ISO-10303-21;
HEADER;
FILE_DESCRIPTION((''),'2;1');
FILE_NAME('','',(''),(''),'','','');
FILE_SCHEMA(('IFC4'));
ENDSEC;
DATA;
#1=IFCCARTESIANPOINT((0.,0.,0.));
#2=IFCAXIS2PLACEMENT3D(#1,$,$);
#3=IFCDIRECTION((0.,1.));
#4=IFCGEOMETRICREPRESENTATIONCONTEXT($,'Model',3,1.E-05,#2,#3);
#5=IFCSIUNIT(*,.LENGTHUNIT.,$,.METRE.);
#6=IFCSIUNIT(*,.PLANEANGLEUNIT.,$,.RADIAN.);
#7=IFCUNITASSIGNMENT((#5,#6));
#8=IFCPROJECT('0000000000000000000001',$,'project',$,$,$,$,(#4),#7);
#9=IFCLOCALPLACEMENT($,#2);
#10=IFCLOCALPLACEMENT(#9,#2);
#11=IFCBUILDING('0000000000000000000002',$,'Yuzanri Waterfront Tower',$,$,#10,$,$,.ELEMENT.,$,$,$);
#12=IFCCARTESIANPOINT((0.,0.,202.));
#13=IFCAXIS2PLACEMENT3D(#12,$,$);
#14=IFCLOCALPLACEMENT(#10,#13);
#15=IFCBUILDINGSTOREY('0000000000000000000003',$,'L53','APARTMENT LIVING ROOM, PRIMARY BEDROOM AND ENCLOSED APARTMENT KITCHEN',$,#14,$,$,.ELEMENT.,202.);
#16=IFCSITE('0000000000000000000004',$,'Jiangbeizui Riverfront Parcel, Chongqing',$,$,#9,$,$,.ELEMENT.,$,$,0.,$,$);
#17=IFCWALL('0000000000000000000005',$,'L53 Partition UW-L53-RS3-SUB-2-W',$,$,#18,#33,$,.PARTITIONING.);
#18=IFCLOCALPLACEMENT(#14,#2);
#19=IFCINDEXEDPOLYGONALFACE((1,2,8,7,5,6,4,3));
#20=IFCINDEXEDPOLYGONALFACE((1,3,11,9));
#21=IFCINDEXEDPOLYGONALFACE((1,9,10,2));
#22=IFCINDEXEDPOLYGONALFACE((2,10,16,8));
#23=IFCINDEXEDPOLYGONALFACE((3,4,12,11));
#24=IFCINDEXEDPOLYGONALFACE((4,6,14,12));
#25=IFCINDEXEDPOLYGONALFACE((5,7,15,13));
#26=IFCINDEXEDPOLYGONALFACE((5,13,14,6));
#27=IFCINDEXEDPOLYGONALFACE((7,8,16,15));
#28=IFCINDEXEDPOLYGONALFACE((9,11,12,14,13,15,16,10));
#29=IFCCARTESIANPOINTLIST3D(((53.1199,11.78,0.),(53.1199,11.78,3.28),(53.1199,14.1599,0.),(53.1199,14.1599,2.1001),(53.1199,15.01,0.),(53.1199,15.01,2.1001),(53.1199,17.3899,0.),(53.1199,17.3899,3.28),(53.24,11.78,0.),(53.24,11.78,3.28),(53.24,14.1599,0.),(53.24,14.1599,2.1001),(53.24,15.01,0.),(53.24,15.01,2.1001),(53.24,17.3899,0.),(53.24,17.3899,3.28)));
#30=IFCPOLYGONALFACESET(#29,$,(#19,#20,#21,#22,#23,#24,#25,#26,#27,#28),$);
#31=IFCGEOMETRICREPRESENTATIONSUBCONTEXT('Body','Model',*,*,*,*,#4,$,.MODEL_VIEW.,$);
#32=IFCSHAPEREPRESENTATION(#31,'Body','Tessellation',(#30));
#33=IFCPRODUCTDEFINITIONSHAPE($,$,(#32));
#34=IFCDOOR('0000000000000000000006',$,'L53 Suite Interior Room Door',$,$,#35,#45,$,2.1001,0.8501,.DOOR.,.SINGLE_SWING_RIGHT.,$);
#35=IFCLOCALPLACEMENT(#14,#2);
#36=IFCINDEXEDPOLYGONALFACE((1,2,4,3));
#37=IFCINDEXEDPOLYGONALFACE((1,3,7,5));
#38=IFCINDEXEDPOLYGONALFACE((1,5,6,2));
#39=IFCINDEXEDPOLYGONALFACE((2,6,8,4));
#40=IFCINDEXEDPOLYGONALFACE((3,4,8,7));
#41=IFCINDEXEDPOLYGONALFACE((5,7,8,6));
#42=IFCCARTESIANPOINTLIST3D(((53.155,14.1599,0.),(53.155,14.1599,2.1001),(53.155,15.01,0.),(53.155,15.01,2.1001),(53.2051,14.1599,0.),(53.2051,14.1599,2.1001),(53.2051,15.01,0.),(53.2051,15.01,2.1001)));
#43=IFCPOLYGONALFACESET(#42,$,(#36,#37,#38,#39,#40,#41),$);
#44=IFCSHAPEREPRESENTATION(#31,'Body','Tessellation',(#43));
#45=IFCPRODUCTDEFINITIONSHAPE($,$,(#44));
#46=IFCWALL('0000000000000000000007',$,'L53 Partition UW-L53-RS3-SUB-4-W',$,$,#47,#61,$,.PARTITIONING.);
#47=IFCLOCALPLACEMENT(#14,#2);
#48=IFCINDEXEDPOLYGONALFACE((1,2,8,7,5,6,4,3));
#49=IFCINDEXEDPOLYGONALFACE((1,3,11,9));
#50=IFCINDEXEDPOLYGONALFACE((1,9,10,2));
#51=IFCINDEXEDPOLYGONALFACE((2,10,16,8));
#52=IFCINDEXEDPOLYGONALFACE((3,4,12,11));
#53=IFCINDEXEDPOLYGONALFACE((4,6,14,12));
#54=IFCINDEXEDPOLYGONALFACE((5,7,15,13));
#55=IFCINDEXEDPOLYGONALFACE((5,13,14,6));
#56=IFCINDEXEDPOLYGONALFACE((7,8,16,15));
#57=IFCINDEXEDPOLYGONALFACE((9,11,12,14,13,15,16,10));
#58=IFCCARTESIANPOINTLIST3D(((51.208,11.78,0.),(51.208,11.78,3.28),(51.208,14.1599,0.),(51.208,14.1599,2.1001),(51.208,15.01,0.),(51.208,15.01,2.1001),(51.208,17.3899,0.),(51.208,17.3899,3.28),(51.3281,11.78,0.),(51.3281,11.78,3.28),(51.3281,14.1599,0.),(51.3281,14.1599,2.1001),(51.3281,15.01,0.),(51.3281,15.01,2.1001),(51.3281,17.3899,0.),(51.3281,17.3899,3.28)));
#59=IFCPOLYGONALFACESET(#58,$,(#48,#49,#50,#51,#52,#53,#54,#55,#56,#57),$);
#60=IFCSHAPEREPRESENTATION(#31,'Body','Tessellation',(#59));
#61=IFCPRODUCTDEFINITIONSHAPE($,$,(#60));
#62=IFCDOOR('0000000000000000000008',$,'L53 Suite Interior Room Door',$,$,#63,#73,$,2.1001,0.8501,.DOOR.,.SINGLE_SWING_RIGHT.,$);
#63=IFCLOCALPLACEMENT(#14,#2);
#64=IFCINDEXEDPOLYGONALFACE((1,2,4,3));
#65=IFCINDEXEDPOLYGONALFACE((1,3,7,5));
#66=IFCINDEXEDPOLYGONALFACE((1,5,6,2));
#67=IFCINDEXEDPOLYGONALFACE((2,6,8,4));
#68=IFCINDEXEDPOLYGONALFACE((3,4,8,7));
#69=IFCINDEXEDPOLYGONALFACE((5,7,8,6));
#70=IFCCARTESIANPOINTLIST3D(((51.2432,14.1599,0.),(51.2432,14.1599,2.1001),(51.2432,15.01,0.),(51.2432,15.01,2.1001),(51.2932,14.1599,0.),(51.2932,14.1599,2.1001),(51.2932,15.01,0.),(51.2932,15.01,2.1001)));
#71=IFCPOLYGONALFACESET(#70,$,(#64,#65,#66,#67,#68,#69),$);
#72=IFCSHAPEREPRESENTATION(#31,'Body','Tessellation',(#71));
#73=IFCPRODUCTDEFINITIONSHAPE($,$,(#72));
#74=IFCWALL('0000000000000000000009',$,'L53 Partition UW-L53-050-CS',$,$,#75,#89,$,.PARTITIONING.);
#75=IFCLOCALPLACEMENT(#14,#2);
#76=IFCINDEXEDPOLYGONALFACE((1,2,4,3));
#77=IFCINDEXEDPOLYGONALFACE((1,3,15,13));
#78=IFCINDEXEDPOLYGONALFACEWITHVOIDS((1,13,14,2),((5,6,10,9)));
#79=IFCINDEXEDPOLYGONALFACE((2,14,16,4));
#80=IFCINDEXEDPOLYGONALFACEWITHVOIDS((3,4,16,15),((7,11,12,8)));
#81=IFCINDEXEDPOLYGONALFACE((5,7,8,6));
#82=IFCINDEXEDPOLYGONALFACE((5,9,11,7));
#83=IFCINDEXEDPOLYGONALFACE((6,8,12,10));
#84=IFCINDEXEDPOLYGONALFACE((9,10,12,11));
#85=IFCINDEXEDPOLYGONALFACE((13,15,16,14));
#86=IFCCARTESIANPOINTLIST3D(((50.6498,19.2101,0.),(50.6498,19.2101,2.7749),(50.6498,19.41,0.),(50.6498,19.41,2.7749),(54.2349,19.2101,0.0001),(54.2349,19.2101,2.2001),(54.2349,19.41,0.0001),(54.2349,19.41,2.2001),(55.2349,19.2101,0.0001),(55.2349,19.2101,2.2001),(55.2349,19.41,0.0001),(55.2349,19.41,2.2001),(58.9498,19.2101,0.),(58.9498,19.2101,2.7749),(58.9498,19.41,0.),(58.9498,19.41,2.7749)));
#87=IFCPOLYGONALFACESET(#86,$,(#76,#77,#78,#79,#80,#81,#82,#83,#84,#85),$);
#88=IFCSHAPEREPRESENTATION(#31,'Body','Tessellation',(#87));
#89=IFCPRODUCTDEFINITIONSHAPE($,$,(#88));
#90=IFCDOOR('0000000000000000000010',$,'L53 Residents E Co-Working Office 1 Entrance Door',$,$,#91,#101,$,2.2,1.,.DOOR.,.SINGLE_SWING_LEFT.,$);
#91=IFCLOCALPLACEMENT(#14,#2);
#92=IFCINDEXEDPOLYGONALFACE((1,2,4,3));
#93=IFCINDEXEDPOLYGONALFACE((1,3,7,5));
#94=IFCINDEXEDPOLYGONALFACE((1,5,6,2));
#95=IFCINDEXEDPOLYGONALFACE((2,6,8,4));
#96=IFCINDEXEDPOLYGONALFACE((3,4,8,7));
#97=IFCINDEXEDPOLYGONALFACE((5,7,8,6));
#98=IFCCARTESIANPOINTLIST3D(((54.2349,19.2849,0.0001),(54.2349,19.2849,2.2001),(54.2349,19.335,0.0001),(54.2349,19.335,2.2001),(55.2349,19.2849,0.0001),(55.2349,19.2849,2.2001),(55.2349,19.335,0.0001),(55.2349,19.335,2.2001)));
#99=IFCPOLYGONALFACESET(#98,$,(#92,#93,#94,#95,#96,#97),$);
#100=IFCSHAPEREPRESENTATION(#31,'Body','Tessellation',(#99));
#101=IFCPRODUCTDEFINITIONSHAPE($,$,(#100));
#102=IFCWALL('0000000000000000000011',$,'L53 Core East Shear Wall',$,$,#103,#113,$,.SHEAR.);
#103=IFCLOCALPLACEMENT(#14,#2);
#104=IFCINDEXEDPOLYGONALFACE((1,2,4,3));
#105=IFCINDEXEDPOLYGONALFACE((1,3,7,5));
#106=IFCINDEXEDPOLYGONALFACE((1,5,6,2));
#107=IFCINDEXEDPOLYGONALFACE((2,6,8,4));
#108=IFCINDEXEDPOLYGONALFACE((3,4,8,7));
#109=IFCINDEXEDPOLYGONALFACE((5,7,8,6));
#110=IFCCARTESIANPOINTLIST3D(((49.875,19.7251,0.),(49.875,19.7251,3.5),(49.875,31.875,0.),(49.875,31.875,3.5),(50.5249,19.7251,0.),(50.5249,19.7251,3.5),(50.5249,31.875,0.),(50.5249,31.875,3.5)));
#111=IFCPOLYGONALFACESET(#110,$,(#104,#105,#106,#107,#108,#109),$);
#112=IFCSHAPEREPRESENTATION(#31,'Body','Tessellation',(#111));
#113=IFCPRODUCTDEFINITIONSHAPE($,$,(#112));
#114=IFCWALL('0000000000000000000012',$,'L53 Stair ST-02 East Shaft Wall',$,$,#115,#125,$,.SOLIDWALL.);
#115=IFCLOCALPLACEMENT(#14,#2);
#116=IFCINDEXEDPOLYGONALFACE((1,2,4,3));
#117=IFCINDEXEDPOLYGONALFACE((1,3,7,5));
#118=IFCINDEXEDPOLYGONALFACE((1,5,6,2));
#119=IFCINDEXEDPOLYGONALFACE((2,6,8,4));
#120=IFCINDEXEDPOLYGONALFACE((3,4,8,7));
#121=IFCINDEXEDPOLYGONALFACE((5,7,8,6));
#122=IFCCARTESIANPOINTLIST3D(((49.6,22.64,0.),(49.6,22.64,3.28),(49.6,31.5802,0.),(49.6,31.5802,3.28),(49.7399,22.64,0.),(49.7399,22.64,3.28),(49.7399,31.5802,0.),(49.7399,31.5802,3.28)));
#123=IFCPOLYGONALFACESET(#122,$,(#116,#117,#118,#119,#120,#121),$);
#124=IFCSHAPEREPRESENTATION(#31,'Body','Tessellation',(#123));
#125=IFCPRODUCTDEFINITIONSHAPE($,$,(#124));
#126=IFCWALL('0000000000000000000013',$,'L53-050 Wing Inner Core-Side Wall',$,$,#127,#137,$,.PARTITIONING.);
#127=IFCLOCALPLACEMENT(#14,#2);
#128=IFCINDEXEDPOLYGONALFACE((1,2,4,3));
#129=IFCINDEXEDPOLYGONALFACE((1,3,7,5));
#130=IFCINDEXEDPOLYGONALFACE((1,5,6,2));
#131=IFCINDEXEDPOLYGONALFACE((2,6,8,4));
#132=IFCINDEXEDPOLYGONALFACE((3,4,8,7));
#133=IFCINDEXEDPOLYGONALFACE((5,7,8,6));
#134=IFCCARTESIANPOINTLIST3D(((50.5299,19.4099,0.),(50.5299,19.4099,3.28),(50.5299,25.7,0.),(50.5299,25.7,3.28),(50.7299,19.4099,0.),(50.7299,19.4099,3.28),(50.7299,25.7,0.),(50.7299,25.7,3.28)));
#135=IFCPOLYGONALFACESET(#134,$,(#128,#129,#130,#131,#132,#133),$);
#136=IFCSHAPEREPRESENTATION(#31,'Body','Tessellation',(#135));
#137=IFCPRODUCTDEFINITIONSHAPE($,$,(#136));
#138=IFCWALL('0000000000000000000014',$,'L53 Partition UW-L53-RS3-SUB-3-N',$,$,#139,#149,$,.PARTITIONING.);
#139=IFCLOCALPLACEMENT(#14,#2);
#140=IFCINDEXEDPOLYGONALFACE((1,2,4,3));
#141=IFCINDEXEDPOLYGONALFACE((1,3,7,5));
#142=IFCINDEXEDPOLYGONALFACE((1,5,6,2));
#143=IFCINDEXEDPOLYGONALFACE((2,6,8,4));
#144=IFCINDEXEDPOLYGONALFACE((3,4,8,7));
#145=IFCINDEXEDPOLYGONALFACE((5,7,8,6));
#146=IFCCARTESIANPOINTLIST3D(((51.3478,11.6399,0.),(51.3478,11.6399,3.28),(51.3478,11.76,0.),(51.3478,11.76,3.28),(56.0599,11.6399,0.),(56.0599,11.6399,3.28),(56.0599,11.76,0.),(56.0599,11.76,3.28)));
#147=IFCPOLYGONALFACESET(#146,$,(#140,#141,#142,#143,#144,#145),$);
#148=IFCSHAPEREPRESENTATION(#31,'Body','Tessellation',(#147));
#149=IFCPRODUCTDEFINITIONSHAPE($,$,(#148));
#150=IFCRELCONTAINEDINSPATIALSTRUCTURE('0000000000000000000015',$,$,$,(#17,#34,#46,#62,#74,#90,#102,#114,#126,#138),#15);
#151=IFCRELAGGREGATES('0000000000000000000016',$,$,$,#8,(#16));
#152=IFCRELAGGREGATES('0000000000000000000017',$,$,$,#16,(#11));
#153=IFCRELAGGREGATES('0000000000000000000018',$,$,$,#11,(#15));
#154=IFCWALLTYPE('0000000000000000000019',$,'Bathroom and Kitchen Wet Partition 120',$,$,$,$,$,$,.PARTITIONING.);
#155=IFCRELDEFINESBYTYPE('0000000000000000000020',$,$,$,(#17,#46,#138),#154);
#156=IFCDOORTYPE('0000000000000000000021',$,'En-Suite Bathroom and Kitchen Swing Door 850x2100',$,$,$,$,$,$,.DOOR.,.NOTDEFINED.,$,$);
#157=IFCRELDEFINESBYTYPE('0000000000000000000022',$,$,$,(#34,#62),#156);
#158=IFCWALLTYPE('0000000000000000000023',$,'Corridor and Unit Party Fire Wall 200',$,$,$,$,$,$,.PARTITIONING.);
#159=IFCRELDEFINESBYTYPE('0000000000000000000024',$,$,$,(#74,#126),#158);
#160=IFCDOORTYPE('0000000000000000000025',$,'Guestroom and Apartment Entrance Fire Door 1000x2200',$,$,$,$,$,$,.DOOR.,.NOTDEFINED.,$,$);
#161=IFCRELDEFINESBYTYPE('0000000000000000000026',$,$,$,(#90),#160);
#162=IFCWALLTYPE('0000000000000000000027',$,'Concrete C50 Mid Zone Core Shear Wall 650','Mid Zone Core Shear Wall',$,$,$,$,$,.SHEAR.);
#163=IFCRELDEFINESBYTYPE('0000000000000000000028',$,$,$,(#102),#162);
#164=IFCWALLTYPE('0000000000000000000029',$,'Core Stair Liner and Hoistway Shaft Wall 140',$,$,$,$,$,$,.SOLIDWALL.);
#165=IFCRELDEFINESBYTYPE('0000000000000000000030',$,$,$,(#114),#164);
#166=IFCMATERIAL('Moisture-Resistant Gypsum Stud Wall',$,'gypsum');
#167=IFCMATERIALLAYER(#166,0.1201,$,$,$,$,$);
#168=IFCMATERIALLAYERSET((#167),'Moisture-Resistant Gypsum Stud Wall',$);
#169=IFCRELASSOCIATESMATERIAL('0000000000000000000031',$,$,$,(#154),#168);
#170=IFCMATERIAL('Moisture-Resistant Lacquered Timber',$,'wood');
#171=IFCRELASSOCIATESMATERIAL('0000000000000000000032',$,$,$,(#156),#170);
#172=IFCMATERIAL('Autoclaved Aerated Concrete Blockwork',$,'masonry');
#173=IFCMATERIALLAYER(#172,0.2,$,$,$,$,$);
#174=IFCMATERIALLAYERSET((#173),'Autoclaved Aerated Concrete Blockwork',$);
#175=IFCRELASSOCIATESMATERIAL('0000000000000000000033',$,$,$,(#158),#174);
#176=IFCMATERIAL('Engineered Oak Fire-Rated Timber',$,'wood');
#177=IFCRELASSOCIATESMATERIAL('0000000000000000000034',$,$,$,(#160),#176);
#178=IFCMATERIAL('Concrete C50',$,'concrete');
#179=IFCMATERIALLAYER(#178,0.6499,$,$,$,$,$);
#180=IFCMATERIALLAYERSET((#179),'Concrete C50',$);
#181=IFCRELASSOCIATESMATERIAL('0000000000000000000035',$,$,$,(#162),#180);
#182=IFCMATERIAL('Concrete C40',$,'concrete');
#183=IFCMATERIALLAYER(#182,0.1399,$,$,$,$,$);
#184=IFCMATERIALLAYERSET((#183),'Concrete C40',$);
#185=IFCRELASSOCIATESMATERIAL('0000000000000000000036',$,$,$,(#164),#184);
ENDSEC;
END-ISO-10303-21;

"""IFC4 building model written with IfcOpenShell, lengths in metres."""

from ifc_helpers import new_model, si_unit, direction, frame, frame_2d, origin, place, context, subcontext, project, spatial, rectangle, extrude, source, transform, mapped, material, layer, layer_set, type_object, element, fill, save


model = new_model("IFC4")

# Units and contexts
model_context = context("Model", 3, precision=1e-05, world=origin(), true_north=direction((0.0, 1.0)))
body_context = subcontext(model_context, "Body", "Model", "MODEL_VIEW")
ifc_project = project(units=[si_unit("LENGTHUNIT", "METRE"), si_unit("PLANEANGLEUNIT", "RADIAN")], contexts=[model_context])

# Site, building, storey
site_placement = place(None, origin())
site = spatial("IfcSite", under=ifc_project, at=site_placement, Name="Jiangbeizui Riverfront Parcel, Chongqing", CompositionType="ELEMENT", RefElevation=0.0)
building_placement = place(site_placement, origin())
building = spatial("IfcBuilding", under=site, at=building_placement, Name="Yuzanri Waterfront Tower", CompositionType="ELEMENT")
storey_placement = place(building_placement, frame((0.0, 0.0, 202.0)))
storey = spatial("IfcBuildingStorey", under=building, at=storey_placement, Name="L53", Description="APARTMENT LIVING ROOM, PRIMARY BEDROOM AND ENCLOSED APARTMENT KITCHEN", CompositionType="ELEMENT", Elevation=202.0)

# Walls, openings, doors
ifc_material_1 = material(Name="Moisture-Resistant Gypsum Stud Wall", Category="gypsum")
ifc_layer_1 = layer(ifc_material_1, 0.1201)
ifc_layer_set_1 = layer_set([ifc_layer_1], Name="Moisture-Resistant Gypsum Stud Wall")
wall_type_1 = type_object("IfcWallType", Name="Bathroom and Kitchen Wet Partition 120", PredefinedType="PARTITIONING", material=ifc_layer_set_1)
wall_1_placement = place(storey_placement, frame((53.1799, 11.78, 0.0), z_axis=(0.0, 0.0, 1.0), x_axis=(0.0, 1.0, 0.0)))
wall_1 = element("IfcWall", 1, at=wall_1_placement, inside=storey, type_object=wall_type_1, Name="L53 Partition UW-L53-RS3-SUB-2-W", PredefinedType="PARTITIONING", context=body_context, shape_type="SweptSolid", body=[
    extrude(rectangle(XDim=5.6099, YDim=0.1201, at=frame_2d((2.8049, 0.0))), origin(), (0.0, 0.0, 1.0), 3.28),
])
opening_1_placement = place(wall_1_placement, frame((2.3799, 0.0, 0.0)))
opening_1 = element("IfcOpeningElement", 2, at=opening_1_placement, cuts=wall_1, PredefinedType="OPENING", context=body_context, shape_type="SweptSolid", body=[
    extrude(rectangle(XDim=0.8501, YDim=2.1001, at=frame_2d((0.425, 1.05))), frame((0.0, 0.075, 0.0), z_axis=(0.0, -1.0, 0.0), x_axis=(1.0, 0.0, 0.0)), (0.0, 0.0, 1.0), 0.1499),
])
ifc_material_2 = material(Name="Moisture-Resistant Lacquered Timber", Category="wood")
door_type_1 = type_object("IfcDoorType", Name="En-Suite Bathroom and Kitchen Swing Door 850x2100", OperationType="NOTDEFINED", PredefinedType="DOOR", material=ifc_material_2)
shared_shape_1 = source(origin(), body_context, "Body", "SweptSolid", [
    extrude(rectangle(XDim=0.8501, YDim=2.1001, at=frame_2d((0.425, 1.05))), frame((0.0, 0.0249, 0.0), z_axis=(0.0, -1.0, 0.0), x_axis=(1.0, 0.0, 0.0)), (0.0, 0.0, 1.0), 0.05),
])
door_1_placement = place(opening_1_placement, origin())
door_1 = element("IfcDoor", 3, at=door_1_placement, inside=storey, type_object=door_type_1, Name="L53 Suite Interior Room Door", OperationType="SINGLE_SWING_RIGHT", OverallHeight=2.1001, OverallWidth=0.8501, PredefinedType="DOOR", context=body_context, shape_type="MappedRepresentation", body=[
    mapped(shared_shape_1, transform((0.0, 0.0, 0.0), scale=1.0)),
])
fill(opening_1, door_1)
wall_2_placement = place(storey_placement, frame((51.2681, 11.78, 0.0), z_axis=(0.0, 0.0, 1.0), x_axis=(0.0, 1.0, 0.0)))
wall_2 = element("IfcWall", 4, at=wall_2_placement, inside=storey, type_object=wall_type_1, Name="L53 Partition UW-L53-RS3-SUB-4-W", PredefinedType="PARTITIONING", context=body_context, shape_type="SweptSolid", body=[
    extrude(rectangle(XDim=5.6099, YDim=0.1201, at=frame_2d((2.8049, 0.0))), origin(), (0.0, 0.0, 1.0), 3.28),
])
opening_2_placement = place(wall_2_placement, frame((2.3799, 0.0, 0.0)))
opening_2 = element("IfcOpeningElement", 5, at=opening_2_placement, cuts=wall_2, PredefinedType="OPENING", context=body_context, shape_type="SweptSolid", body=[
    extrude(rectangle(XDim=0.8501, YDim=2.1001, at=frame_2d((0.425, 1.05))), frame((0.0, 0.075, 0.0), z_axis=(0.0, -1.0, 0.0), x_axis=(1.0, 0.0, 0.0)), (0.0, 0.0, 1.0), 0.1499),
])
door_2_placement = place(opening_2_placement, origin())
door_2 = element("IfcDoor", 6, at=door_2_placement, inside=storey, type_object=door_type_1, Name="L53 Suite Interior Room Door", OperationType="SINGLE_SWING_RIGHT", OverallHeight=2.1001, OverallWidth=0.8501, PredefinedType="DOOR", context=body_context, shape_type="MappedRepresentation", body=[
    mapped(shared_shape_1, transform((0.0, 0.0, 0.0), scale=1.0)),
])
fill(opening_2, door_2)
ifc_material_3 = material(Name="Autoclaved Aerated Concrete Blockwork", Category="masonry")
ifc_layer_2 = layer(ifc_material_3, 0.2)
ifc_layer_set_2 = layer_set([ifc_layer_2], Name="Autoclaved Aerated Concrete Blockwork")
wall_type_2 = type_object("IfcWallType", Name="Corridor and Unit Party Fire Wall 200", PredefinedType="PARTITIONING", material=ifc_layer_set_2)
wall_3_placement = place(storey_placement, frame((50.6499, 19.3101, 0.0), z_axis=(0.0, 0.0, 1.0), x_axis=(1.0, 0.0, 0.0)))
wall_3 = element("IfcWall", 7, at=wall_3_placement, inside=storey, type_object=wall_type_2, Name="L53 Partition UW-L53-050-CS", PredefinedType="PARTITIONING", context=body_context, shape_type="SweptSolid", body=[
    extrude(rectangle(XDim=8.3, YDim=0.2, at=frame_2d((4.1499, 0.0))), origin(), (0.0, 0.0, 1.0), 2.7749),
])
opening_3_placement = place(wall_3_placement, frame((3.585, 0.0, 0.0)))
opening_3 = element("IfcOpeningElement", 8, at=opening_3_placement, cuts=wall_3, PredefinedType="OPENING", context=body_context, shape_type="SweptSolid", body=[
    extrude(rectangle(XDim=1.0, YDim=2.2, at=frame_2d((0.5, 1.1001))), frame((0.0, 0.1147, 0.0), z_axis=(0.0, -1.0, 0.0), x_axis=(1.0, 0.0, 0.0)), (0.0, 0.0, 1.0), 0.2297),
])
ifc_material_4 = material(Name="Engineered Oak Fire-Rated Timber", Category="wood")
door_type_2 = type_object("IfcDoorType", Name="Guestroom and Apartment Entrance Fire Door 1000x2200", OperationType="NOTDEFINED", PredefinedType="DOOR", material=ifc_material_4)
shared_shape_2 = source(origin(), body_context, "Body", "SweptSolid", [
    extrude(rectangle(XDim=1.0, YDim=2.2, at=frame_2d((0.5, 1.1001))), frame((0.0, 0.0249, 0.0), z_axis=(0.0, -1.0, 0.0), x_axis=(1.0, 0.0, 0.0)), (0.0, 0.0, 1.0), 0.05),
])
door_3_placement = place(opening_3_placement, origin())
door_3 = element("IfcDoor", 9, at=door_3_placement, inside=storey, type_object=door_type_2, Name="L53 Residents E Co-Working Office 1 Entrance Door", OperationType="SINGLE_SWING_LEFT", OverallHeight=2.2, OverallWidth=1.0, PredefinedType="DOOR", context=body_context, shape_type="MappedRepresentation", body=[
    mapped(shared_shape_2, transform((0.0, 0.0, 0.0), scale=1.0)),
])
fill(opening_3, door_3)

# Walls
ifc_material_5 = material(Name="Concrete C50", Category="concrete")
ifc_layer_3 = layer(ifc_material_5, 0.6499)
ifc_layer_set_3 = layer_set([ifc_layer_3], Name="Concrete C50")
wall_type_3 = type_object("IfcWallType", Name="Concrete C50 Mid Zone Core Shear Wall 650", Description="Mid Zone Core Shear Wall", PredefinedType="SHEAR", material=ifc_layer_set_3)
shared_shape_3 = source(origin(), body_context, "Body", "SweptSolid", [
    extrude(rectangle(XDim=12.1499, YDim=0.6499, at=frame_2d((6.075, 0.0))), origin(), (0.0, 0.0, 1.0), 3.5),
])
wall_4_placement = place(storey_placement, frame((50.2, 19.7251, 0.0), z_axis=(0.0, 0.0, 1.0), x_axis=(0.0, 1.0, 0.0)))
element("IfcWall", 10, at=wall_4_placement, inside=storey, type_object=wall_type_3, Name="L53 Core East Shear Wall", PredefinedType="SHEAR", context=body_context, shape_type="MappedRepresentation", body=[
    mapped(shared_shape_3, transform((0.0, 0.0, 0.0), scale=1.0)),
])
ifc_material_6 = material(Name="Concrete C40", Category="concrete")
ifc_layer_4 = layer(ifc_material_6, 0.1399)
ifc_layer_set_4 = layer_set([ifc_layer_4], Name="Concrete C40")
wall_type_4 = type_object("IfcWallType", Name="Core Stair Liner and Hoistway Shaft Wall 140", PredefinedType="SOLIDWALL", material=ifc_layer_set_4)
shared_shape_4 = source(origin(), body_context, "Body", "SweptSolid", [
    extrude(rectangle(XDim=8.9402, YDim=0.1399, at=frame_2d((4.4702, 0.0))), origin(), (0.0, 0.0, 1.0), 3.28),
])
wall_5_placement = place(storey_placement, frame((49.6699, 22.6399, 0.0), z_axis=(0.0, 0.0, 1.0), x_axis=(0.0, 1.0, 0.0)))
element("IfcWall", 11, at=wall_5_placement, inside=storey, type_object=wall_type_4, Name="L53 Stair ST-02 East Shaft Wall", PredefinedType="SOLIDWALL", context=body_context, shape_type="MappedRepresentation", body=[
    mapped(shared_shape_4, transform((0.0, 0.0, 0.0), scale=1.0)),
])
shared_shape_5 = source(origin(), body_context, "Body", "SweptSolid", [
    extrude(rectangle(XDim=6.29, YDim=0.2, at=frame_2d((3.145, 0.0))), origin(), (0.0, 0.0, 1.0), 3.28),
])
wall_6_placement = place(storey_placement, frame((50.6299, 19.4099, 0.0), z_axis=(0.0, 0.0, 1.0), x_axis=(0.0, 1.0, 0.0)))
element("IfcWall", 12, at=wall_6_placement, inside=storey, type_object=wall_type_2, Name="L53-050 Wing Inner Core-Side Wall", PredefinedType="PARTITIONING", context=body_context, shape_type="MappedRepresentation", body=[
    mapped(shared_shape_5, transform((0.0, 0.0, 0.0), scale=1.0)),
])
shared_shape_6 = source(origin(), body_context, "Body", "SweptSolid", [
    extrude(rectangle(XDim=4.7122, YDim=0.1201, at=frame_2d((2.356, 0.0))), origin(), (0.0, 0.0, 1.0), 3.28),
])
wall_7_placement = place(storey_placement, frame((51.3479, 11.7, 0.0), z_axis=(0.0, 0.0, 1.0), x_axis=(1.0, 0.0, 0.0)))
element("IfcWall", 13, at=wall_7_placement, inside=storey, type_object=wall_type_1, Name="L53 Partition UW-L53-RS3-SUB-3-N", PredefinedType="PARTITIONING", context=body_context, shape_type="MappedRepresentation", body=[
    mapped(shared_shape_6, transform((0.0, 0.0, 0.0), scale=1.0)),
])

save(model, "model.ifc")
